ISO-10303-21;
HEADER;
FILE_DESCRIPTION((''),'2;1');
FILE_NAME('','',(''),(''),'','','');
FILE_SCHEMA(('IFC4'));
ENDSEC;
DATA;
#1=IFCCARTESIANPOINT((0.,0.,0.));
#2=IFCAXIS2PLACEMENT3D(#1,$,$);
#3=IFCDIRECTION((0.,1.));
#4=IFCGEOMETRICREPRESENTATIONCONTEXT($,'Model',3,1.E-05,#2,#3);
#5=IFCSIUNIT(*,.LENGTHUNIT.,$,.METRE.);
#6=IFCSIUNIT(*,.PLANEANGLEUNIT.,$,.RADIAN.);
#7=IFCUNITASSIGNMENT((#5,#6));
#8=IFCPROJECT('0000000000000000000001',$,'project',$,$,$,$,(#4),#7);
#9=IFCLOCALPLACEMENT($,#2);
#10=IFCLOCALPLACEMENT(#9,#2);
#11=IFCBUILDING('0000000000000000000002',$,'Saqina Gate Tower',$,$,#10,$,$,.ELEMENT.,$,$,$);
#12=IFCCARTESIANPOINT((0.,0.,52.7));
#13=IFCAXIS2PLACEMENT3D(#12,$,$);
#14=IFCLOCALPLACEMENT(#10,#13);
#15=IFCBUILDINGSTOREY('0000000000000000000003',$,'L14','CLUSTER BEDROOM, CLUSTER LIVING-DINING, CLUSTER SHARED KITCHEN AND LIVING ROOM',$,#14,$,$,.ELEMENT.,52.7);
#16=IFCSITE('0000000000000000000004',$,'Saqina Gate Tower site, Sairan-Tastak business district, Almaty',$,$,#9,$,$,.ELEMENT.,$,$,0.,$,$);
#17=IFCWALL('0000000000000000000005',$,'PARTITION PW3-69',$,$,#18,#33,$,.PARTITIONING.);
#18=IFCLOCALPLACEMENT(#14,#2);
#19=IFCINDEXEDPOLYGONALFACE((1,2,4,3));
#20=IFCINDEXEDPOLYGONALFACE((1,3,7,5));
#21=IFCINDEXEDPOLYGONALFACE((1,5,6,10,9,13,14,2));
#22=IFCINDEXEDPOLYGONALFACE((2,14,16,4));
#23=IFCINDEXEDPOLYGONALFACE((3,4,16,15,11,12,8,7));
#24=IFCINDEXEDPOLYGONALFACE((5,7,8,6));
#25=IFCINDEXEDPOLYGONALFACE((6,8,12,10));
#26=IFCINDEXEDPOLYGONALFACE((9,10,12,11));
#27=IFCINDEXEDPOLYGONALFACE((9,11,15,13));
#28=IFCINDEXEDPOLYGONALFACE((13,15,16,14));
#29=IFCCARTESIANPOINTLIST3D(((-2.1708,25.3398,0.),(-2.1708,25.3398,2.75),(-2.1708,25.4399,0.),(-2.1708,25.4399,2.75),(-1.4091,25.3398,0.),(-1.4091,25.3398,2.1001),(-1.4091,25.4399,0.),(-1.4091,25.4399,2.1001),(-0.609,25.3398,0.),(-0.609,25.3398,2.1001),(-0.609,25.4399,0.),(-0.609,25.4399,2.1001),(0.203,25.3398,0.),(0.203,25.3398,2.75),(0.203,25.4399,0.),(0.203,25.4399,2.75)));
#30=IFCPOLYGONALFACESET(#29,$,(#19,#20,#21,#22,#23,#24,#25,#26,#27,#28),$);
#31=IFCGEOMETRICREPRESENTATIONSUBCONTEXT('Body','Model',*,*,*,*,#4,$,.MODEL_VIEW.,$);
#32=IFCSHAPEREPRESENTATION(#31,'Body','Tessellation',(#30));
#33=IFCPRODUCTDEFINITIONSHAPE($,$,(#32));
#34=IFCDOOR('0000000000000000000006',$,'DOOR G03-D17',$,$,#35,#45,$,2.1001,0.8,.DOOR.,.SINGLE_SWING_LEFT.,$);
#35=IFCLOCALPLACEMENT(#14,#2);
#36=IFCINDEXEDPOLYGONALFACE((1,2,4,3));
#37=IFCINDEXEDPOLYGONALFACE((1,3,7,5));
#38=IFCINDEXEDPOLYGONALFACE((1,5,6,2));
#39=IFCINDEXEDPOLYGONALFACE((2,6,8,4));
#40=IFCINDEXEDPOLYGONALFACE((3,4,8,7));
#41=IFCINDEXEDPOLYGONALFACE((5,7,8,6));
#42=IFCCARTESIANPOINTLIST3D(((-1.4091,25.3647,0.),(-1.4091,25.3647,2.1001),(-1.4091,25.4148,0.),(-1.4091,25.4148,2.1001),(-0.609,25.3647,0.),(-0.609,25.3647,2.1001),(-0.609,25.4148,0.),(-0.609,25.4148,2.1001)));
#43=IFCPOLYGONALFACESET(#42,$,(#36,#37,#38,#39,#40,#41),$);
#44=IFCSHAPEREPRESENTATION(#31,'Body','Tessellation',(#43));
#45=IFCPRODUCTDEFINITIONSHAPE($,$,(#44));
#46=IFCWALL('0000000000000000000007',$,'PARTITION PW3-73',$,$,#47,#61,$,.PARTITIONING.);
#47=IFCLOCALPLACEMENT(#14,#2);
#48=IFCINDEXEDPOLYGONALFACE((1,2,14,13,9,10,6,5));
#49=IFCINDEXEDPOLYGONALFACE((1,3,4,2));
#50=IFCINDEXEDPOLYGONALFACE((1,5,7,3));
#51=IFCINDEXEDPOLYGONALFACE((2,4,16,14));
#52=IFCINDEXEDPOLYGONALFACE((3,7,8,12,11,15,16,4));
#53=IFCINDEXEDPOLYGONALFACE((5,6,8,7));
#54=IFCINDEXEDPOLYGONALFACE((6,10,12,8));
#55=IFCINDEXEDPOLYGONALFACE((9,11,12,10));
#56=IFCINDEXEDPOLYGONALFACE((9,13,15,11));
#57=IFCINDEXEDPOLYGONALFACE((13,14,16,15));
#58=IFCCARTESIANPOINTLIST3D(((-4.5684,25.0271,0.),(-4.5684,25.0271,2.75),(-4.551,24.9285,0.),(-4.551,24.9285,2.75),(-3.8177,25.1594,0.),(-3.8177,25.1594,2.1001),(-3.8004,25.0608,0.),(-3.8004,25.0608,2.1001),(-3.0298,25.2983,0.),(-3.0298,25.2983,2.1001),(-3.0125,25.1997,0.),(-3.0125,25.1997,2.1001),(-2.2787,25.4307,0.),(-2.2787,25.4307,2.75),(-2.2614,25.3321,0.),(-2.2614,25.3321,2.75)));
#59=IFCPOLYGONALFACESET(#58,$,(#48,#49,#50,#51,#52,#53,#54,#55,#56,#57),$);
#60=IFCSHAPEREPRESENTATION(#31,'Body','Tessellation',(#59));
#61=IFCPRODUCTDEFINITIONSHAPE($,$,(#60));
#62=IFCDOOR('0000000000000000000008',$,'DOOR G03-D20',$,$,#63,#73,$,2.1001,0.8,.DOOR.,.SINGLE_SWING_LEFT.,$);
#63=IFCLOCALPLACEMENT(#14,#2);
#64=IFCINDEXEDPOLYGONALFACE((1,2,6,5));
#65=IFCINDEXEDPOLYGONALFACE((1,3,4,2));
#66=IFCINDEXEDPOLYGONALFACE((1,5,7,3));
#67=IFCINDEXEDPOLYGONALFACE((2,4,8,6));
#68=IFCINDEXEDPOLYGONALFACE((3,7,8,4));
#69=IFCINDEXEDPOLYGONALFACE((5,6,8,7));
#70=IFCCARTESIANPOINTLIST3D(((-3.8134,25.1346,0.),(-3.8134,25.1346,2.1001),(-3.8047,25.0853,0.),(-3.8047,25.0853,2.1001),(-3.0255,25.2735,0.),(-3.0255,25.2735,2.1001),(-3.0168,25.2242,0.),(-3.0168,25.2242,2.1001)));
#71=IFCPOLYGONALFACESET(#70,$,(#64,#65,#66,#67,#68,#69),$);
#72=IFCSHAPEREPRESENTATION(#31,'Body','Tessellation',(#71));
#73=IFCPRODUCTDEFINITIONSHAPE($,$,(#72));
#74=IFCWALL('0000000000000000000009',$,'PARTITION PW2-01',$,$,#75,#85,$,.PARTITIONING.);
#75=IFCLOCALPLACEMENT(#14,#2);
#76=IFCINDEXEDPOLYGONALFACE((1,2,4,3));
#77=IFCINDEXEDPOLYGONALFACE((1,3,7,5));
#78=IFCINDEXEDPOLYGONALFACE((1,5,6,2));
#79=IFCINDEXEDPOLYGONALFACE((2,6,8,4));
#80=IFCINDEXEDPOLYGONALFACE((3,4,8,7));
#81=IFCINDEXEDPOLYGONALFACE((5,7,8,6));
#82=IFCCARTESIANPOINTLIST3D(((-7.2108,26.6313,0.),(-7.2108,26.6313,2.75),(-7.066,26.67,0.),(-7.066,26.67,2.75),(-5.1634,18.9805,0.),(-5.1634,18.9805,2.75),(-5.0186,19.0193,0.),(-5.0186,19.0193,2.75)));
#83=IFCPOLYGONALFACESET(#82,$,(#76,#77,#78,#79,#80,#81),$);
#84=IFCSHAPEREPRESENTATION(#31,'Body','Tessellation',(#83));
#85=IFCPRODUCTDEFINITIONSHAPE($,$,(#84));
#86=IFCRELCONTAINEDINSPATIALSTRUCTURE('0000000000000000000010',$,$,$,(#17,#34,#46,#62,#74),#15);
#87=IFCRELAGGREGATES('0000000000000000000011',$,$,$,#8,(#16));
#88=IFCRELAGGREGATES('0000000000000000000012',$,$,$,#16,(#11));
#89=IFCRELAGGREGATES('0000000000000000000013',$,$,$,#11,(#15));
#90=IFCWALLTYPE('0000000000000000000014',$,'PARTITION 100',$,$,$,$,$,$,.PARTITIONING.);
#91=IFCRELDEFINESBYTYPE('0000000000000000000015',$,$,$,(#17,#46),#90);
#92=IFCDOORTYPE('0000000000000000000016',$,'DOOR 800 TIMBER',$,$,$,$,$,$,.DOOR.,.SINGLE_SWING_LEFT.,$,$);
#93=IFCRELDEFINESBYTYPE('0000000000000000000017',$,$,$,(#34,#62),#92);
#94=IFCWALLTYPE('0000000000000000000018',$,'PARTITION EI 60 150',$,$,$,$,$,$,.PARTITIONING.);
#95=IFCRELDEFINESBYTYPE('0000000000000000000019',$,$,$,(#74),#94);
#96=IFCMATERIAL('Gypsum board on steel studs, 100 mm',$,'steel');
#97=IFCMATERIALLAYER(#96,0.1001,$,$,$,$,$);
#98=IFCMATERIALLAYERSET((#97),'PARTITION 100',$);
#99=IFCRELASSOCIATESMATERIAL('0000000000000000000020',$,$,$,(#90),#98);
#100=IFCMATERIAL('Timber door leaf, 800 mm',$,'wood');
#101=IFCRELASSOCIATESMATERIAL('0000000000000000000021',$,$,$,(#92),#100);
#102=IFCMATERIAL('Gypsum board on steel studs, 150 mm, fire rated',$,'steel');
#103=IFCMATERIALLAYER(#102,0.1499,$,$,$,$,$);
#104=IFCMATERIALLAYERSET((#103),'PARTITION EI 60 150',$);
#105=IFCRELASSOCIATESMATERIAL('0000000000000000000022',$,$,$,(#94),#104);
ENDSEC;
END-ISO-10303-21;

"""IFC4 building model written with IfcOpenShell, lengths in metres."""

from ifc_helpers import new_model, si_unit, direction, frame, frame_2d, origin, place, context, subcontext, project, spatial, rectangle, extrude, material, layer, layer_set, type_object, element, fill, save


model = new_model("IFC4")

# Units and contexts
model_context = context("Model", 3, precision=1e-05, world=origin(), true_north=direction((0.0, 1.0)))
body_context = subcontext(model_context, "Body", "Model", "MODEL_VIEW")
ifc_project = project(units=[si_unit("LENGTHUNIT", "METRE"), si_unit("PLANEANGLEUNIT", "RADIAN")], contexts=[model_context])

# Site, building, storey
site_placement = place(None, origin())
site = spatial("IfcSite", under=ifc_project, at=site_placement, Name="Saqina Gate Tower site, Sairan-Tastak business district, Almaty", CompositionType="ELEMENT", RefElevation=0.0)
building_placement = place(site_placement, origin())
building = spatial("IfcBuilding", under=site, at=building_placement, Name="Saqina Gate Tower", CompositionType="ELEMENT")
storey_placement = place(building_placement, frame((0.0, 0.0, 52.7)))
storey = spatial("IfcBuildingStorey", under=building, at=storey_placement, Name="L14", Description="CLUSTER BEDROOM, CLUSTER LIVING-DINING, CLUSTER SHARED KITCHEN AND LIVING ROOM", CompositionType="ELEMENT", Elevation=52.7)

# Shared definitions
ifc_material_1 = material(Name="Gypsum board on steel studs, 100 mm", Category="steel")
ifc_layer_1 = layer(ifc_material_1, 0.1001)
ifc_layer_set_1 = layer_set([ifc_layer_1], Name="PARTITION 100")
wall_type_1 = type_object("IfcWallType", Name="PARTITION 100", PredefinedType="PARTITIONING", material=ifc_layer_set_1)

# Walls, openings, doors
wall_1_placement = place(storey_placement, frame((-2.1709, 25.3899, 0.0), z_axis=(0.0, 0.0, 1.0), x_axis=(1.0, 0.0, 0.0)))
wall_1 = element("IfcWall", 1, at=wall_1_placement, inside=storey, type_object=wall_type_1, Name="PARTITION PW3-69", PredefinedType="PARTITIONING", context=body_context, shape_type="SweptSolid", body=[
    extrude(rectangle(XDim=2.3738, YDim=0.1001, at=frame_2d((1.187, 0.0))), origin(), (0.0, 0.0, 1.0), 2.75),
])
opening_1_placement = place(wall_1_placement, frame((0.762, 0.0, 0.0)))
opening_1 = element("IfcOpeningElement", 2, at=opening_1_placement, cuts=wall_1, PredefinedType="OPENING", context=body_context, shape_type="SweptSolid", body=[
    extrude(rectangle(XDim=0.8, YDim=2.1001, at=frame_2d((0.3999, 1.05))), frame((0.0, 0.062, 0.0), z_axis=(0.0, -1.0, 0.0), x_axis=(1.0, 0.0, 0.0)), (0.0, 0.0, 1.0), 0.124),
])
ifc_material_2 = material(Name="Timber door leaf, 800 mm", Category="wood")
door_type = type_object("IfcDoorType", Name="DOOR 800 TIMBER", OperationType="SINGLE_SWING_LEFT", PredefinedType="DOOR", material=ifc_material_2)
door_1_placement = place(opening_1_placement, origin())
door_1 = element("IfcDoor", 3, at=door_1_placement, inside=storey, type_object=door_type, Name="DOOR G03-D17", OperationType="SINGLE_SWING_LEFT", OverallHeight=2.1001, OverallWidth=0.8, PredefinedType="DOOR", context=body_context, shape_type="SweptSolid", body=[
    extrude(rectangle(XDim=0.8, YDim=2.1001, at=frame_2d((0.3999, 1.05))), frame((0.0, 0.0249, 0.0), z_axis=(0.0, -1.0, 0.0), x_axis=(1.0, 0.0, 0.0)), (0.0, 0.0, 1.0), 0.05),
])
fill(opening_1, door_1)
wall_2_placement = place(storey_placement, frame((-4.5598, 24.9778, 0.0), z_axis=(0.0, 0.0, 1.0), x_axis=(0.984818, 0.173588, 0.0)))
wall_2 = element("IfcWall", 4, at=wall_2_placement, inside=storey, type_object=wall_type_1, Name="PARTITION PW3-73", PredefinedType="PARTITIONING", context=body_context, shape_type="SweptSolid", body=[
    extrude(rectangle(XDim=2.325, YDim=0.1001, at=frame_2d((1.1626, 0.0))), origin(), (0.0, 0.0, 1.0), 2.75),
])
opening_2_placement = place(wall_2_placement, frame((0.7625, 0.0, 0.0)))
opening_2 = element("IfcOpeningElement", 5, at=opening_2_placement, cuts=wall_2, PredefinedType="OPENING", context=body_context, shape_type="SweptSolid", body=[
    extrude(rectangle(XDim=0.8, YDim=2.1001, at=frame_2d((0.3999, 1.05))), frame((0.0, 0.062, 0.0), z_axis=(0.0, -1.0, 0.0), x_axis=(1.0, 0.0, 0.0)), (0.0, 0.0, 1.0), 0.124),
])
door_2_placement = place(opening_2_placement, origin())
door_2 = element("IfcDoor", 6, at=door_2_placement, inside=storey, type_object=door_type, Name="DOOR G03-D20", OperationType="SINGLE_SWING_LEFT", OverallHeight=2.1001, OverallWidth=0.8, PredefinedType="DOOR", context=body_context, shape_type="SweptSolid", body=[
    extrude(rectangle(XDim=0.8, YDim=2.1001, at=frame_2d((0.3999, 1.05))), frame((0.0, 0.0249, 0.0), z_axis=(0.0, -1.0, 0.0), x_axis=(1.0, 0.0, 0.0)), (0.0, 0.0, 1.0), 0.05),
])
fill(opening_2, door_2)

# Wall
ifc_material_3 = material(Name="Gypsum board on steel studs, 150 mm, fire rated", Category="steel")
ifc_layer_2 = layer(ifc_material_3, 0.1499)
ifc_layer_set_2 = layer_set([ifc_layer_2], Name="PARTITION EI 60 150")
wall_type_2 = type_object("IfcWallType", Name="PARTITION EI 60 150", PredefinedType="PARTITIONING", material=ifc_layer_set_2)
wall_3_placement = place(storey_placement, frame((-7.1384, 26.6506, 0.0), z_axis=(0.0, 0.0, 1.0), x_axis=(0.258511, -0.966008, 0.0)))
element("IfcWall", 7, at=wall_3_placement, inside=storey, type_object=wall_type_2, Name="PARTITION PW2-01", PredefinedType="PARTITIONING", context=body_context, shape_type="SweptSolid", body=[
    extrude(rectangle(XDim=7.9199, YDim=0.1499, at=frame_2d((3.96, 0.0))), origin(), (0.0, 0.0, 1.0), 2.75),
])

save(model, "model.ifc")
